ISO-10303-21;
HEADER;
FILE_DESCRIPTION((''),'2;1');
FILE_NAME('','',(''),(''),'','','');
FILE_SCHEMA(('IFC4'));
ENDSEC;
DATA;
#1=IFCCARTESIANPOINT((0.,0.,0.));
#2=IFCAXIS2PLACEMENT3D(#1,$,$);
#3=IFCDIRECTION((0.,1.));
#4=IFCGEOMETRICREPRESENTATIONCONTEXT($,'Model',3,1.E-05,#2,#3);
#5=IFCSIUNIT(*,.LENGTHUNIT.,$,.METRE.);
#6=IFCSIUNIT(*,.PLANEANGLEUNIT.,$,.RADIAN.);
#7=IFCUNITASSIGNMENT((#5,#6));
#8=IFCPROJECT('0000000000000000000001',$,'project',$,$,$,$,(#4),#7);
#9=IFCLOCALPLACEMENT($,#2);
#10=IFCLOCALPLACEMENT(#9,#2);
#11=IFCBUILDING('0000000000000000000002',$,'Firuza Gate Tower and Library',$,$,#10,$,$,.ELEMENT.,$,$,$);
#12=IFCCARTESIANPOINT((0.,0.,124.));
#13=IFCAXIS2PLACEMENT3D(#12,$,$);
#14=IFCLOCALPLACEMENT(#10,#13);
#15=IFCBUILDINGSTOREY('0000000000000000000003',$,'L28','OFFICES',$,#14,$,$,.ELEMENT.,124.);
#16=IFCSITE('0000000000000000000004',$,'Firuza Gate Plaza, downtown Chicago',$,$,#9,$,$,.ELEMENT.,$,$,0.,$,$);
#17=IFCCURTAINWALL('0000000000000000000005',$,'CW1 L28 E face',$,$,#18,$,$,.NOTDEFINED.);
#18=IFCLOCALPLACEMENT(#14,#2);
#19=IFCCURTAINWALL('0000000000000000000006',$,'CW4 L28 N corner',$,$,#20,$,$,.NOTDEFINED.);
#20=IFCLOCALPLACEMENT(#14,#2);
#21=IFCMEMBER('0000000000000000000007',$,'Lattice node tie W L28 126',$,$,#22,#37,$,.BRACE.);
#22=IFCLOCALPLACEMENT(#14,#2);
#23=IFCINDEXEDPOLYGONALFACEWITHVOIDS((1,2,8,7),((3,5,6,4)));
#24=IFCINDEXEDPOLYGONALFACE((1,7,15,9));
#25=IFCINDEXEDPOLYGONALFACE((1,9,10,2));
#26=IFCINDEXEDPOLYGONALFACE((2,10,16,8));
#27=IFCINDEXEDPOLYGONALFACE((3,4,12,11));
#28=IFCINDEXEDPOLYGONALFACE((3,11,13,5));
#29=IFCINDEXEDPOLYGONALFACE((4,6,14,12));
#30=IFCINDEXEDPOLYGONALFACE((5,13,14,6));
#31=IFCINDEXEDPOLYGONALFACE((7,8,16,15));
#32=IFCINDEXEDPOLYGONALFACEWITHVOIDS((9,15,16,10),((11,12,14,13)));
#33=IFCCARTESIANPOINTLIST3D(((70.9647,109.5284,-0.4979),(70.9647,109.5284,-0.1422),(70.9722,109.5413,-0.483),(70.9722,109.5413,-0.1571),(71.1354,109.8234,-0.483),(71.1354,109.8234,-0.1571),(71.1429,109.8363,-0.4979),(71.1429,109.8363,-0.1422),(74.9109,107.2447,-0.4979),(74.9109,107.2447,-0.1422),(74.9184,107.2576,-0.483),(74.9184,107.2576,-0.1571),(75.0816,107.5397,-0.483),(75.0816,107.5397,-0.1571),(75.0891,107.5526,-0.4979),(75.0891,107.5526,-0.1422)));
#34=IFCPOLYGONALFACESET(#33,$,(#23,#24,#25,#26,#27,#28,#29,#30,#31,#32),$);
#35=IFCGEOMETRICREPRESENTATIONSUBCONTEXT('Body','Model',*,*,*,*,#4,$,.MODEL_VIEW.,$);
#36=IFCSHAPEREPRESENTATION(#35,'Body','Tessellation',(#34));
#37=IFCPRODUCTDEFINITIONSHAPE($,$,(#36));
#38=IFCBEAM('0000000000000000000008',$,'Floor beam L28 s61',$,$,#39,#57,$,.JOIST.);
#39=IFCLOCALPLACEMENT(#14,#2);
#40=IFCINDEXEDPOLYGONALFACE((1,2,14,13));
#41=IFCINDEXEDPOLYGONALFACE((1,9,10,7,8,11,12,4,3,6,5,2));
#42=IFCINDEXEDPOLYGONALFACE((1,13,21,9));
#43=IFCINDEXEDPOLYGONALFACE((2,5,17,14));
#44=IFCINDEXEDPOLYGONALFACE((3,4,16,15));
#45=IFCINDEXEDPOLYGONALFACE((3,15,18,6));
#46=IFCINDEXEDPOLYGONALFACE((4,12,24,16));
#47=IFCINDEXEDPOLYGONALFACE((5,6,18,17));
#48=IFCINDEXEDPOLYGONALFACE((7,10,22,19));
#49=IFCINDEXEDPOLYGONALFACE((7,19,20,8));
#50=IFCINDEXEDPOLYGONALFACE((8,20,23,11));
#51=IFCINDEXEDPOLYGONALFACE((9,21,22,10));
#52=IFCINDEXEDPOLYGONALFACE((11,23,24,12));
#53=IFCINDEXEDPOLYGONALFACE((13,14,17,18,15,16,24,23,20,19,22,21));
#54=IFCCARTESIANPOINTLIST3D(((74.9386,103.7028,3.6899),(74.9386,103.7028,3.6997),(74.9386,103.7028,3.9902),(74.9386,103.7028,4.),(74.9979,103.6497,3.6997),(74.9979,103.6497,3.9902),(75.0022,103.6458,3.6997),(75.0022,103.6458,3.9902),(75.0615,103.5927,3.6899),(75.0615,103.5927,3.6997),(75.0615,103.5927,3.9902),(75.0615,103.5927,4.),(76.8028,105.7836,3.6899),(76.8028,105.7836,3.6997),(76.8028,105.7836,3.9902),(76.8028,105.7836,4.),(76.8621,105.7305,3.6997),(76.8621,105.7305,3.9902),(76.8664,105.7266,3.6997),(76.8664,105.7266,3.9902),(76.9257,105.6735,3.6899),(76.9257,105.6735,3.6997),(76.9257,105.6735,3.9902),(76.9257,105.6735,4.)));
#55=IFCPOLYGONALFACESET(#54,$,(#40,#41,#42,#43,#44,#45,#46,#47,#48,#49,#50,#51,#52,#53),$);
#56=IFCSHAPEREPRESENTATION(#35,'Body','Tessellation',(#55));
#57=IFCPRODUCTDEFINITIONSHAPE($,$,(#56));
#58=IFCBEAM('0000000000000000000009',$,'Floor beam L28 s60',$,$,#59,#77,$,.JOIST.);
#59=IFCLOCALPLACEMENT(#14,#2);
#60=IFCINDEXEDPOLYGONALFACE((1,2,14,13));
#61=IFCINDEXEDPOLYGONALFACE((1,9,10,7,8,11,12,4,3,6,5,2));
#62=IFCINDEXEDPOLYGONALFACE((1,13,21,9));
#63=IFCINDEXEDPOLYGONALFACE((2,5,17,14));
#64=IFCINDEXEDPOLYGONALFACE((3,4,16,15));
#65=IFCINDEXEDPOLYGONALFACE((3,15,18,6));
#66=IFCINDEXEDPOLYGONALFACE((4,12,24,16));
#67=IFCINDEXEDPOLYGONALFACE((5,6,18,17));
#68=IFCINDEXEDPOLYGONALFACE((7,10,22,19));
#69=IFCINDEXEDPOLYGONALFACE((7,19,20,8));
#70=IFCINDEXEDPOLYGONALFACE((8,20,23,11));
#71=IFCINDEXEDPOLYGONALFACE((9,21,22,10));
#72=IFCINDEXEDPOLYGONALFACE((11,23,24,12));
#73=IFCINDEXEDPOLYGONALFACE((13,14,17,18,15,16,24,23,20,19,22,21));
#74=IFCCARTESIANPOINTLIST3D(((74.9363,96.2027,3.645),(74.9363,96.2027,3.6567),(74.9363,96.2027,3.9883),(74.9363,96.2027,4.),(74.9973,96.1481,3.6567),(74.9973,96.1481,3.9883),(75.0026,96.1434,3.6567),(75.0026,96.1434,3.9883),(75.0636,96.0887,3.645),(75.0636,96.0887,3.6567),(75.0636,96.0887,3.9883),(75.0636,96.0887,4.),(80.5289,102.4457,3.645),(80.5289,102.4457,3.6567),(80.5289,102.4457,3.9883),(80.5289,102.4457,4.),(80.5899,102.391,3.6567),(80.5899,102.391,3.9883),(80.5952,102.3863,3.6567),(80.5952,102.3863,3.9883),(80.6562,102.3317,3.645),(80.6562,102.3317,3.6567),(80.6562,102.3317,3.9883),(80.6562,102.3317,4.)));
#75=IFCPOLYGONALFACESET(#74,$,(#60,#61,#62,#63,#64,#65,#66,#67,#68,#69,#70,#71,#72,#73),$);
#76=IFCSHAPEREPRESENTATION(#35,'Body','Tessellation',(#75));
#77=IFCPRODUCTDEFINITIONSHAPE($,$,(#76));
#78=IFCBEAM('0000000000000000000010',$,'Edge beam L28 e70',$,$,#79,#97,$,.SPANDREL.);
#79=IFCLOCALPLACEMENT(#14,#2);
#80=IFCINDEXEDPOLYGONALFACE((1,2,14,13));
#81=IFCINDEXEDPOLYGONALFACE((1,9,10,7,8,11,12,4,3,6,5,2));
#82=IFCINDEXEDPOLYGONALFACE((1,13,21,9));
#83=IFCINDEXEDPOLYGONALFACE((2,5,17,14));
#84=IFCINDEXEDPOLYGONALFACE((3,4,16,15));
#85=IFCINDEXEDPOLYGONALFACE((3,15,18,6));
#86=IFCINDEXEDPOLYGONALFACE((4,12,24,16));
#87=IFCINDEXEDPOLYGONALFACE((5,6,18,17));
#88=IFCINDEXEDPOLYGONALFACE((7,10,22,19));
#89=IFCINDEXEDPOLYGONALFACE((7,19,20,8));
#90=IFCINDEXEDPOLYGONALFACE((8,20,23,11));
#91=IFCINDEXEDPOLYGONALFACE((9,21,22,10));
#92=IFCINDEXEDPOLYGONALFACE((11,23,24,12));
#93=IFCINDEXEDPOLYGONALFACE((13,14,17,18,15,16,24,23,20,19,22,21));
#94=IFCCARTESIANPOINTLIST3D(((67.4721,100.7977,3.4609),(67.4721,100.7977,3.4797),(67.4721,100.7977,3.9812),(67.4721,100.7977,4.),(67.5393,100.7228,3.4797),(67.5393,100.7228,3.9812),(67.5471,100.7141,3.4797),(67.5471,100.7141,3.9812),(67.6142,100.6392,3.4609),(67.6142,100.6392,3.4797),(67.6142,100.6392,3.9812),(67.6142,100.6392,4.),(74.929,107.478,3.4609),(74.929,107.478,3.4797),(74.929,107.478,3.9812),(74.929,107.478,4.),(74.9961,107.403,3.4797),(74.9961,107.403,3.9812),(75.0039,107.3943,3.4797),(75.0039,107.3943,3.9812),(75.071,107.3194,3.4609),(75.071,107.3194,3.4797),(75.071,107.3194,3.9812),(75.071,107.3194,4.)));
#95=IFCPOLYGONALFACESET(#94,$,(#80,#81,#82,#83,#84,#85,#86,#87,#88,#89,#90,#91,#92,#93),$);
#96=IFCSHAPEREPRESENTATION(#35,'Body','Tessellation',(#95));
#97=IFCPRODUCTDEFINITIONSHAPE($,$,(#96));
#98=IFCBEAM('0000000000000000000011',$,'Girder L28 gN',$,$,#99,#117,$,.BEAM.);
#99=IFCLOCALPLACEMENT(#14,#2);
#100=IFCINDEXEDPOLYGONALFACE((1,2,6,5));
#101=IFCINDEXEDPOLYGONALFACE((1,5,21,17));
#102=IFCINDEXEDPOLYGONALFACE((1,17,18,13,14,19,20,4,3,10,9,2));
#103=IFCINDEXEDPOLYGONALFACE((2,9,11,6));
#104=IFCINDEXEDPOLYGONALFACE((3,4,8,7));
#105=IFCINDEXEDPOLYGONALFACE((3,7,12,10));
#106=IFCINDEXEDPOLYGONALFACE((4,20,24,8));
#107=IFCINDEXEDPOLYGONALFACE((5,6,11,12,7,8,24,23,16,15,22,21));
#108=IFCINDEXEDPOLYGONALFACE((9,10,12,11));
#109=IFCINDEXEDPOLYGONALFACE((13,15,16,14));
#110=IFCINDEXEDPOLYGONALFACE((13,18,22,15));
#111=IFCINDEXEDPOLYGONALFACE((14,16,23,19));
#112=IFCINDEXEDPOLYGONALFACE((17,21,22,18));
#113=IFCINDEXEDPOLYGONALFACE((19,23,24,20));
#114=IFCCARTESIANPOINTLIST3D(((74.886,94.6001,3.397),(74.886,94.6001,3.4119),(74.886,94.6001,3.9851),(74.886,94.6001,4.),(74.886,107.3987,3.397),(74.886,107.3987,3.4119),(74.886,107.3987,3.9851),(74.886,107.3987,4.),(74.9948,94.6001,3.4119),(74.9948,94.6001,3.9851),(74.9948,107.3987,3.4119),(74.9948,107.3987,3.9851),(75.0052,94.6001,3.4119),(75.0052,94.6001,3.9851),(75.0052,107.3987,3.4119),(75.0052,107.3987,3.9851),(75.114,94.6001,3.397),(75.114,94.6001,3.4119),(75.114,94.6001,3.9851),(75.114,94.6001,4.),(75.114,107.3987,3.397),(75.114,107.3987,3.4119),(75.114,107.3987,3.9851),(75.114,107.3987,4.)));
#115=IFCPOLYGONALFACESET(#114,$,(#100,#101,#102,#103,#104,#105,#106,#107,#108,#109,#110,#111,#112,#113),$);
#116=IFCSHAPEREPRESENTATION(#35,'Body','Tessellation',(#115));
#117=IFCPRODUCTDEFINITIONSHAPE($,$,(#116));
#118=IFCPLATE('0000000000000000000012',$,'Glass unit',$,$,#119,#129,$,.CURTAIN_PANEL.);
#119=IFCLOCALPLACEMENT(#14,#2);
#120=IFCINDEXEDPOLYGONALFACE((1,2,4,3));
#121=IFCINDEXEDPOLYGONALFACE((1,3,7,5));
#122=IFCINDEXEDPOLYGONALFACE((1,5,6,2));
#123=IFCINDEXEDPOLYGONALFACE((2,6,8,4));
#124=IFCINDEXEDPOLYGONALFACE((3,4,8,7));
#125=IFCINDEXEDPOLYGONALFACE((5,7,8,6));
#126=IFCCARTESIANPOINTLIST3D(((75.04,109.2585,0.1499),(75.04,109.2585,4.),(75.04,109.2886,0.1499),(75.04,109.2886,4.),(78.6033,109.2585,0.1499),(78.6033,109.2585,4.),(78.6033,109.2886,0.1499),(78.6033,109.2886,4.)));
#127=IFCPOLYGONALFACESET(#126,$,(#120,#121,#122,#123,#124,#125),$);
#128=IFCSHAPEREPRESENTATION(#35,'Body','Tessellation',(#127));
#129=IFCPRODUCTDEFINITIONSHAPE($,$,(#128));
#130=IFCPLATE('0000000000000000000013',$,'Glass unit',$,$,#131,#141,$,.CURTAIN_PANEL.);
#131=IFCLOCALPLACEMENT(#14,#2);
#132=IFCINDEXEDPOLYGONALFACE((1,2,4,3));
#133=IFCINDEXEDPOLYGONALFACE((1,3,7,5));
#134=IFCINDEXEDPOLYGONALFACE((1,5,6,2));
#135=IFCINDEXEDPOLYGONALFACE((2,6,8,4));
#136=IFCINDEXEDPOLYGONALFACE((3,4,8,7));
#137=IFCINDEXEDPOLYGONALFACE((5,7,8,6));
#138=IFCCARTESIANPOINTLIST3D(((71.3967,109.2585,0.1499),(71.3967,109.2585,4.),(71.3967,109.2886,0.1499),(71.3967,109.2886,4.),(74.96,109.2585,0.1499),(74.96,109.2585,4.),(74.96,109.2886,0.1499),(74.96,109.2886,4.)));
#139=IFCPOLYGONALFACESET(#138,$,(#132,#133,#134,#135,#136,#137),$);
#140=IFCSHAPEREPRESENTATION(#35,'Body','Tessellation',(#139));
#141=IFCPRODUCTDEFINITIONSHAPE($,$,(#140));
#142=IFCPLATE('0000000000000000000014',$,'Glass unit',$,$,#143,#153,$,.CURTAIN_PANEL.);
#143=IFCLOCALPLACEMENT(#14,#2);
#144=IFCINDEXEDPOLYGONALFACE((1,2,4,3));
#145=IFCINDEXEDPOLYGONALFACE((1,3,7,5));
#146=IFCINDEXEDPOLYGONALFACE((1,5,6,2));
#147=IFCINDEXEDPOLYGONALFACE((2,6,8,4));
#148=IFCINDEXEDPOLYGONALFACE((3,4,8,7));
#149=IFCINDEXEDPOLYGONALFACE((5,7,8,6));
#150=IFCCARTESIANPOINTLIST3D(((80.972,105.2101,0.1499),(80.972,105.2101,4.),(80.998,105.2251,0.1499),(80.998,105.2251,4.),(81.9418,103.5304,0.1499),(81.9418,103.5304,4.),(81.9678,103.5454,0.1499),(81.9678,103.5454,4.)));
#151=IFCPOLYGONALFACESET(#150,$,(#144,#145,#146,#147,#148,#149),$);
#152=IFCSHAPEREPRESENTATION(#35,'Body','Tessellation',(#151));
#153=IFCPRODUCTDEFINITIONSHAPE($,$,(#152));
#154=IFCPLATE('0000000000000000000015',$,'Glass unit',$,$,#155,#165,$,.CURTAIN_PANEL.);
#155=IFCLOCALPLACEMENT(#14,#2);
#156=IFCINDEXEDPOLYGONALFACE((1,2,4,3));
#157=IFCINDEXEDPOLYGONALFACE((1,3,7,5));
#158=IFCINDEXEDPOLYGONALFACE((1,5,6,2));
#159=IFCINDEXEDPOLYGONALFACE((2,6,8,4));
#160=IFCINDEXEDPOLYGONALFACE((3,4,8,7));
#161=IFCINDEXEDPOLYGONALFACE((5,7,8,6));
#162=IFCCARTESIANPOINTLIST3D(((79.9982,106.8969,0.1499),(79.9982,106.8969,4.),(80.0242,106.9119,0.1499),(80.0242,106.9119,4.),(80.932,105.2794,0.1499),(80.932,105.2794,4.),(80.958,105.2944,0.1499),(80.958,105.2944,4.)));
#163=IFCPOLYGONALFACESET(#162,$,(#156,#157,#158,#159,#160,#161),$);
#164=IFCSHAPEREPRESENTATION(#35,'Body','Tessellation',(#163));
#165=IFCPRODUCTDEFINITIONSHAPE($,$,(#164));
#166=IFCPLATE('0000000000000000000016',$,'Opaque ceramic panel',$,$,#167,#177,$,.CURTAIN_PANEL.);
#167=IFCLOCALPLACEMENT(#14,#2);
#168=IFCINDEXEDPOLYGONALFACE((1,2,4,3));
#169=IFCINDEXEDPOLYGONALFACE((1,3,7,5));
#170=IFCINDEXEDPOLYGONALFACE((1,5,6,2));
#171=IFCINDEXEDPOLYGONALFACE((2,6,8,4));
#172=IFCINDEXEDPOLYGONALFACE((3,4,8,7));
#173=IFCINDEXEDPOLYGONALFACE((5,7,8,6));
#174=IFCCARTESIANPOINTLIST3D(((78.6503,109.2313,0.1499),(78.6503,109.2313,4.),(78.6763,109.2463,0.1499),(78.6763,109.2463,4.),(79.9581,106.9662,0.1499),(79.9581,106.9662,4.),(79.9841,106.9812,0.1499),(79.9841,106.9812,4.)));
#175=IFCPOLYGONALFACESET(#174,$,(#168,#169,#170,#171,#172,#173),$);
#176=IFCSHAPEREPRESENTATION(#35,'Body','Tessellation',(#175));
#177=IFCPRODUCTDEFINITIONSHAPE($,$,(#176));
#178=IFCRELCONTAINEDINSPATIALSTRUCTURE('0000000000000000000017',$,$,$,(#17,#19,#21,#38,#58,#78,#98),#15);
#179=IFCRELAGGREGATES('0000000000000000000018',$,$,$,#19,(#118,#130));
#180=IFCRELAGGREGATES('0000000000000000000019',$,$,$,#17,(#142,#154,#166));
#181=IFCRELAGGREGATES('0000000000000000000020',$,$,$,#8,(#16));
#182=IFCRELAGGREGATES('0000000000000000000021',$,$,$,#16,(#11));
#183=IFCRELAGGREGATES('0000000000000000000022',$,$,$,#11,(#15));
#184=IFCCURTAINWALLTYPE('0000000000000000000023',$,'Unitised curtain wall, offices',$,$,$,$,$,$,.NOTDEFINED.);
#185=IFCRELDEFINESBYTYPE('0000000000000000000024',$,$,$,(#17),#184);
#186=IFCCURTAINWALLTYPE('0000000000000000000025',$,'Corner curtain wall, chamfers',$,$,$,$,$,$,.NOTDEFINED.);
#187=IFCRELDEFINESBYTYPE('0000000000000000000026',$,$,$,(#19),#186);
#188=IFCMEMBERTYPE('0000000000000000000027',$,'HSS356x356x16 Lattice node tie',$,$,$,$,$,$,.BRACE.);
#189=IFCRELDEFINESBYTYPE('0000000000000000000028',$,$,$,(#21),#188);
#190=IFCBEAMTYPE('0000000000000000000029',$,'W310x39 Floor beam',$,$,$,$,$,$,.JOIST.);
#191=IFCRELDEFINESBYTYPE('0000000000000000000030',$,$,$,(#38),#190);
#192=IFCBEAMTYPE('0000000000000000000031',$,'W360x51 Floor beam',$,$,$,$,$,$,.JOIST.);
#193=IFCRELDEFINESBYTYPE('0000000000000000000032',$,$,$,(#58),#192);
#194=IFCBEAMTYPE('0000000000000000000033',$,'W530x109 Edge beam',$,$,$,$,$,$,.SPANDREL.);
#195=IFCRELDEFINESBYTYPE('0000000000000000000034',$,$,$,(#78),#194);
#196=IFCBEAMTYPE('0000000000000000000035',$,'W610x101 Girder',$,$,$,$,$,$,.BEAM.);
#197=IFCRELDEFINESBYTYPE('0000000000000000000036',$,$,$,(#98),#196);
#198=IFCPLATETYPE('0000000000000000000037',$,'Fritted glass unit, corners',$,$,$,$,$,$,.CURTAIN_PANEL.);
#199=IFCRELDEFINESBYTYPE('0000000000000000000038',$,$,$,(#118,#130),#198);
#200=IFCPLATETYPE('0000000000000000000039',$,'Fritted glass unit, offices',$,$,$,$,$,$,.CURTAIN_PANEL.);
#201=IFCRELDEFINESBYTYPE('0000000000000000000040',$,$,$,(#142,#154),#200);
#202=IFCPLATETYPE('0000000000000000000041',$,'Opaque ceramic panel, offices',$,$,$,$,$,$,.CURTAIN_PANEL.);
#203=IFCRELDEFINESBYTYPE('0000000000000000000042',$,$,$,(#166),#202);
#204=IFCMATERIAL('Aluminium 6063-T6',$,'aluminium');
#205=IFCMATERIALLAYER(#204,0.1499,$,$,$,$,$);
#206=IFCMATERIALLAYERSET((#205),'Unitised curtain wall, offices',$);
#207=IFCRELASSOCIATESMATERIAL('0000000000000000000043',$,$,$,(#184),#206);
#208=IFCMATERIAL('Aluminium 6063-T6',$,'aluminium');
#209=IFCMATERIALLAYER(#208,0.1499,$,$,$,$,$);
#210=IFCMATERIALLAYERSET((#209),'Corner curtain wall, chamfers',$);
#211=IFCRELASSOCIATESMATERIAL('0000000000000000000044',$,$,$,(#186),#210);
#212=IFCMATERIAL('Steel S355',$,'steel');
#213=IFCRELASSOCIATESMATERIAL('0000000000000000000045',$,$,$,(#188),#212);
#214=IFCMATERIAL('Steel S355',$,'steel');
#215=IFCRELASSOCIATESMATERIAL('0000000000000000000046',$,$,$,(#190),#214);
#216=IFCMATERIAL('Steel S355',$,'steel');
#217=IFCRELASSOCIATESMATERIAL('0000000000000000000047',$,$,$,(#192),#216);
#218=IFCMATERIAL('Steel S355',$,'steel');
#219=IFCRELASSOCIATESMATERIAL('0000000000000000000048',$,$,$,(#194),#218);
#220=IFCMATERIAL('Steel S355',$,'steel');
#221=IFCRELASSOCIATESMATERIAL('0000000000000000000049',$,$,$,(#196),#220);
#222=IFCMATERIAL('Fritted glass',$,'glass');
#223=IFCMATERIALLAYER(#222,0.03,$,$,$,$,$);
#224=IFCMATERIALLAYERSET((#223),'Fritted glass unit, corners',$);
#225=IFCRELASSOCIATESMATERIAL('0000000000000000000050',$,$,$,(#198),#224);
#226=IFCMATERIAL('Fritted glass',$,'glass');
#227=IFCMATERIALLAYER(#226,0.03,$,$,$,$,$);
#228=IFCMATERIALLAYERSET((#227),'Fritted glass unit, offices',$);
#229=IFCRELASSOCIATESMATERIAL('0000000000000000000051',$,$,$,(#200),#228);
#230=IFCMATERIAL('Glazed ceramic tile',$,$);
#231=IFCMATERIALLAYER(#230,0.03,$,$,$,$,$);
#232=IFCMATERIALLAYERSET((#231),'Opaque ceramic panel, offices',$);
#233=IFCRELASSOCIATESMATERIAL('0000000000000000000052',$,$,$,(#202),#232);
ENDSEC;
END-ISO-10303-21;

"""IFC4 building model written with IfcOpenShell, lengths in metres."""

from ifc_helpers import new_model, si_unit, direction, frame, origin, origin_2d, place, context, subcontext, project, spatial, polyline, hollow_rectangle, i_section, outline, extrude, material, layer, layer_set, material_profile, profile_set, type_object, element, aggregate, save


model = new_model("IFC4")

# Units and contexts
model_context = context("Model", 3, precision=1e-05, world=origin(), true_north=direction((0.0, 1.0)))
body_context = subcontext(model_context, "Body", "Model", "MODEL_VIEW")
ifc_project = project(units=[si_unit("LENGTHUNIT", "METRE"), si_unit("PLANEANGLEUNIT", "RADIAN")], contexts=[model_context])

# Site, building, storey
site_placement = place(None, origin())
site = spatial("IfcSite", under=ifc_project, at=site_placement, Name="Firuza Gate Plaza, downtown Chicago", CompositionType="ELEMENT", RefElevation=0.0)
building_placement = place(site_placement, origin())
building = spatial("IfcBuilding", under=site, at=building_placement, Name="Firuza Gate Tower and Library", CompositionType="ELEMENT")
storey_placement = place(building_placement, frame((0.0, 0.0, 124.0)))
storey = spatial("IfcBuildingStorey", under=building, at=storey_placement, Name="L28", Description="OFFICES", CompositionType="ELEMENT", Elevation=124.0)

# Curtain walls
ifc_material_1 = material(Name="Aluminium 6063-T6", Category="aluminium")
ifc_layer_1 = layer(ifc_material_1, 0.1499)
ifc_layer_set_1 = layer_set([ifc_layer_1], Name="Unitised curtain wall, offices")
curtain_wall_type_1 = type_object("IfcCurtainWallType", Name="Unitised curtain wall, offices", PredefinedType="NOTDEFINED", material=ifc_layer_set_1)
placement = place(storey_placement, origin())
curtain_wall_1 = element("IfcCurtainWall", 1, at=placement, inside=storey, type_object=curtain_wall_type_1, Name="CW1 L28 E face", PredefinedType="NOTDEFINED")
ifc_material_2 = material(Name="Aluminium 6063-T6", Category="aluminium")
ifc_layer_2 = layer(ifc_material_2, 0.1499)
ifc_layer_set_2 = layer_set([ifc_layer_2], Name="Corner curtain wall, chamfers")
curtain_wall_type_2 = type_object("IfcCurtainWallType", Name="Corner curtain wall, chamfers", PredefinedType="NOTDEFINED", material=ifc_layer_set_2)
curtain_wall_2 = element("IfcCurtainWall", 2, at=placement, inside=storey, type_object=curtain_wall_type_2, Name="CW4 L28 N corner", PredefinedType="NOTDEFINED")

# Member
ifc_material_3 = material(Name="Steel S355", Category="steel")
ifc_material_profile_1 = material_profile(ifc_material_3, hollow_rectangle(XDim=0.3557, YDim=0.3557, WallThickness=0.0149, at=origin_2d()))
ifc_profile_set_1 = profile_set([ifc_material_profile_1], Name="Steel S355")
member_type_1 = type_object("IfcMemberType", Name="HSS356x356x16 Lattice node tie", PredefinedType="BRACE", material=ifc_profile_set_1)
for number, where, z_axis, x_axis, name in (
    (3, (75.0, 107.3987, -0.3201), (-0.865522, 0.500872, 0.0), (-0.500872, -0.865522, 0.0), "Lattice node tie W L28 126"),
):
    element("IfcMember", number, at=place(storey_placement, frame(where, z_axis=z_axis, x_axis=x_axis)), inside=storey, type_object=member_type_1, Name=name, PredefinedType="BRACE", context=body_context, shape_type="SweptSolid", body=[
        extrude(hollow_rectangle(XDim=0.3557, YDim=0.3557, WallThickness=0.0149, at=origin_2d()), origin(), (0.0, 0.0, 1.0), 4.5593),
    ])

# Beams
ifc_material_4 = material(Name="Steel S355", Category="steel")
ifc_material_profile_2 = material_profile(ifc_material_4, i_section(OverallWidth=0.165, OverallDepth=0.3101, WebThickness=0.0059, FlangeThickness=0.0098, at=origin_2d()))
ifc_profile_set_2 = profile_set([ifc_material_profile_2], Name="Steel S355")
beam_type_1 = type_object("IfcBeamType", Name="W310x39 Floor beam", PredefinedType="JOIST", material=ifc_profile_set_2)
beam_1_placement = place(storey_placement, frame((76.8643, 105.7285, 3.845), z_axis=(-0.667288, -0.7448, 0.0), x_axis=(0.7448, -0.667288, 0.0)))
element("IfcBeam", 4, at=beam_1_placement, inside=storey, type_object=beam_type_1, Name="Floor beam L28 s61", PredefinedType="JOIST", context=body_context, shape_type="SweptSolid", body=[
    extrude(i_section(OverallWidth=0.165, OverallDepth=0.3101, WebThickness=0.0059, FlangeThickness=0.0098, at=origin_2d()), origin(), (0.0, 0.0, 1.0), 2.7937),
])
ifc_material_5 = material(Name="Steel S355", Category="steel")
ifc_material_profile_3 = material_profile(ifc_material_5, i_section(OverallWidth=0.1709, OverallDepth=0.355, WebThickness=0.0071, FlangeThickness=0.0117, at=origin_2d()))
ifc_profile_set_3 = profile_set([ifc_material_profile_3], Name="Steel S355")
beam_type_2 = type_object("IfcBeamType", Name="W360x51 Floor beam", PredefinedType="JOIST", material=ifc_profile_set_3)
beam_2_placement = place(storey_placement, frame((80.5925, 102.3887, 3.8225), z_axis=(-0.667243, -0.74484, 0.0), x_axis=(0.74484, -0.667243, 0.0)))
element("IfcBeam", 5, at=beam_2_placement, inside=storey, type_object=beam_type_2, Name="Floor beam L28 s60", PredefinedType="JOIST", context=body_context, shape_type="SweptSolid", body=[
    extrude(i_section(OverallWidth=0.1709, OverallDepth=0.355, WebThickness=0.0071, FlangeThickness=0.0117, at=origin_2d()), origin(), (0.0, 0.0, 1.0), 8.3816),
])
ifc_material_6 = material(Name="Steel S355", Category="steel")
ifc_material_profile_4 = material_profile(ifc_material_6, i_section(OverallWidth=0.2129, OverallDepth=0.5391, WebThickness=0.0117, FlangeThickness=0.0188, at=origin_2d()))
ifc_profile_set_4 = profile_set([ifc_material_profile_4], Name="Steel S355")
beam_type_3 = type_object("IfcBeamType", Name="W530x109 Edge beam", PredefinedType="SPANDREL", material=ifc_profile_set_4)
beam_3_placement = place(storey_placement, frame((75.0, 107.3987, 3.7305), z_axis=(-0.744829, -0.667256, 0.0), x_axis=(0.667256, -0.744829, 0.0)))
element("IfcBeam", 6, at=beam_3_placement, inside=storey, type_object=beam_type_3, Name="Edge beam L28 e70", PredefinedType="SPANDREL", context=body_context, shape_type="SweptSolid", body=[
    extrude(i_section(OverallWidth=0.2129, OverallDepth=0.5391, WebThickness=0.0117, FlangeThickness=0.0188, at=origin_2d()), origin(), (0.0, 0.0, 1.0), 10.0115),
])
ifc_material_7 = material(Name="Steel S355", Category="steel")
ifc_material_profile_5 = material_profile(ifc_material_7, i_section(OverallWidth=0.228, OverallDepth=0.603, WebThickness=0.0105, FlangeThickness=0.0149, at=origin_2d()))
ifc_profile_set_5 = profile_set([ifc_material_profile_5], Name="Steel S355")
beam_type_4 = type_object("IfcBeamType", Name="W610x101 Girder", PredefinedType="BEAM", material=ifc_profile_set_5)
beam_4_placement = place(storey_placement, frame((75.0, 107.3987, 3.6985), z_axis=(0.0, -1.0, 0.0), x_axis=(1.0, 0.0, 0.0)))
element("IfcBeam", 7, at=beam_4_placement, inside=storey, type_object=beam_type_4, Name="Girder L28 gN", PredefinedType="BEAM", context=body_context, shape_type="SweptSolid", body=[
    extrude(i_section(OverallWidth=0.228, OverallDepth=0.603, WebThickness=0.0105, FlangeThickness=0.0149, at=origin_2d()), origin(), (0.0, 0.0, 1.0), 12.7986),
])

# Plates
ifc_material_8 = material(Name="Fritted glass", Category="glass")
ifc_layer_3 = layer(ifc_material_8, 0.03)
ifc_layer_set_3 = layer_set([ifc_layer_3], Name="Fritted glass unit, corners")
plate_type_1 = type_object("IfcPlateType", Name="Fritted glass unit, corners", PredefinedType="CURTAIN_PANEL", material=ifc_layer_set_3)
plate_1_placement = place(storey_placement, frame((78.6033, 109.2886, 0.1499), z_axis=(0.0, 1.0, 0.0), x_axis=(-1.0, 0.0, 0.0)))
plate_1 = element("IfcPlate", 8, at=plate_1_placement, type_object=plate_type_1, Name="Glass unit", PredefinedType="CURTAIN_PANEL", context=body_context, shape_type="SweptSolid", body=[
    extrude(outline(polyline([(0.0, 0.0), (3.5632, 0.0), (3.5632, 3.8501), (0.0, 3.8501), (0.0, 0.0)])), origin(), (0.0, 0.0, -1.0), 0.03),
])
plate_2_placement = place(storey_placement, frame((74.96, 109.2886, 0.1499), z_axis=(0.0, 1.0, 0.0), x_axis=(-1.0, 0.0, 0.0)))
plate_2 = element("IfcPlate", 9, at=plate_2_placement, type_object=plate_type_1, Name="Glass unit", PredefinedType="CURTAIN_PANEL", context=body_context, shape_type="SweptSolid", body=[
    extrude(outline(polyline([(0.0, 0.0), (3.5632, 0.0), (3.5632, 3.8501), (0.0, 3.8501), (0.0, 0.0)])), origin(), (0.0, 0.0, -1.0), 0.03),
])
aggregate(curtain_wall_2, [plate_1, plate_2])
ifc_material_9 = material(Name="Fritted glass", Category="glass")
ifc_layer_4 = layer(ifc_material_9, 0.03)
ifc_layer_set_4 = layer_set([ifc_layer_4], Name="Fritted glass unit, offices")
plate_type_2 = type_object("IfcPlateType", Name="Fritted glass unit, offices", PredefinedType="CURTAIN_PANEL", material=ifc_layer_set_4)
plate_3_placement = place(storey_placement, frame((81.9678, 103.5454, 0.1499), z_axis=(0.866035, 0.499984, 0.0), x_axis=(-0.499984, 0.866035, 0.0)))
plate_3 = element("IfcPlate", 10, at=plate_3_placement, type_object=plate_type_2, Name="Glass unit", PredefinedType="CURTAIN_PANEL", context=body_context, shape_type="SweptSolid", body=[
    extrude(outline(polyline([(0.0, 0.0), (1.9395, 0.0), (1.9395, 3.8501), (0.0, 3.8501), (0.0, 0.0)])), origin(), (0.0, 0.0, -1.0), 0.03),
])
plate_4_placement = place(storey_placement, frame((80.958, 105.2944, 0.1499), z_axis=(0.866022, 0.500005, 0.0), x_axis=(-0.500005, 0.866022, 0.0)))
plate_4 = element("IfcPlate", 11, at=plate_4_placement, type_object=plate_type_2, Name="Glass unit", PredefinedType="CURTAIN_PANEL", context=body_context, shape_type="SweptSolid", body=[
    extrude(outline(polyline([(0.0, 0.0), (1.8677, 0.0), (1.8677, 3.8501), (0.0, 3.8501), (0.0, 0.0)])), origin(), (0.0, 0.0, -1.0), 0.03),
])
ifc_material_10 = material(Name="Glazed ceramic tile")
ifc_layer_5 = layer(ifc_material_10, 0.03)
ifc_layer_set_5 = layer_set([ifc_layer_5], Name="Opaque ceramic panel, offices")
plate_type_3 = type_object("IfcPlateType", Name="Opaque ceramic panel, offices", PredefinedType="CURTAIN_PANEL", material=ifc_layer_set_5)
plate_5_placement = place(storey_placement, frame((79.9841, 106.9812, 0.1499), z_axis=(0.866011, 0.500024, 0.0), x_axis=(-0.500024, 0.866011, 0.0)))
plate_5 = element("IfcPlate", 12, at=plate_5_placement, type_object=plate_type_3, Name="Opaque ceramic panel", PredefinedType="CURTAIN_PANEL", context=body_context, shape_type="SweptSolid", body=[
    extrude(outline(polyline([(0.0, 0.0), (2.6156, 0.0), (2.6156, 3.8501), (0.0, 3.8501), (0.0, 0.0)])), origin(), (0.0, 0.0, -1.0), 0.03),
])
aggregate(curtain_wall_1, [plate_3, plate_4, plate_5])

save(model, "model.ifc")
